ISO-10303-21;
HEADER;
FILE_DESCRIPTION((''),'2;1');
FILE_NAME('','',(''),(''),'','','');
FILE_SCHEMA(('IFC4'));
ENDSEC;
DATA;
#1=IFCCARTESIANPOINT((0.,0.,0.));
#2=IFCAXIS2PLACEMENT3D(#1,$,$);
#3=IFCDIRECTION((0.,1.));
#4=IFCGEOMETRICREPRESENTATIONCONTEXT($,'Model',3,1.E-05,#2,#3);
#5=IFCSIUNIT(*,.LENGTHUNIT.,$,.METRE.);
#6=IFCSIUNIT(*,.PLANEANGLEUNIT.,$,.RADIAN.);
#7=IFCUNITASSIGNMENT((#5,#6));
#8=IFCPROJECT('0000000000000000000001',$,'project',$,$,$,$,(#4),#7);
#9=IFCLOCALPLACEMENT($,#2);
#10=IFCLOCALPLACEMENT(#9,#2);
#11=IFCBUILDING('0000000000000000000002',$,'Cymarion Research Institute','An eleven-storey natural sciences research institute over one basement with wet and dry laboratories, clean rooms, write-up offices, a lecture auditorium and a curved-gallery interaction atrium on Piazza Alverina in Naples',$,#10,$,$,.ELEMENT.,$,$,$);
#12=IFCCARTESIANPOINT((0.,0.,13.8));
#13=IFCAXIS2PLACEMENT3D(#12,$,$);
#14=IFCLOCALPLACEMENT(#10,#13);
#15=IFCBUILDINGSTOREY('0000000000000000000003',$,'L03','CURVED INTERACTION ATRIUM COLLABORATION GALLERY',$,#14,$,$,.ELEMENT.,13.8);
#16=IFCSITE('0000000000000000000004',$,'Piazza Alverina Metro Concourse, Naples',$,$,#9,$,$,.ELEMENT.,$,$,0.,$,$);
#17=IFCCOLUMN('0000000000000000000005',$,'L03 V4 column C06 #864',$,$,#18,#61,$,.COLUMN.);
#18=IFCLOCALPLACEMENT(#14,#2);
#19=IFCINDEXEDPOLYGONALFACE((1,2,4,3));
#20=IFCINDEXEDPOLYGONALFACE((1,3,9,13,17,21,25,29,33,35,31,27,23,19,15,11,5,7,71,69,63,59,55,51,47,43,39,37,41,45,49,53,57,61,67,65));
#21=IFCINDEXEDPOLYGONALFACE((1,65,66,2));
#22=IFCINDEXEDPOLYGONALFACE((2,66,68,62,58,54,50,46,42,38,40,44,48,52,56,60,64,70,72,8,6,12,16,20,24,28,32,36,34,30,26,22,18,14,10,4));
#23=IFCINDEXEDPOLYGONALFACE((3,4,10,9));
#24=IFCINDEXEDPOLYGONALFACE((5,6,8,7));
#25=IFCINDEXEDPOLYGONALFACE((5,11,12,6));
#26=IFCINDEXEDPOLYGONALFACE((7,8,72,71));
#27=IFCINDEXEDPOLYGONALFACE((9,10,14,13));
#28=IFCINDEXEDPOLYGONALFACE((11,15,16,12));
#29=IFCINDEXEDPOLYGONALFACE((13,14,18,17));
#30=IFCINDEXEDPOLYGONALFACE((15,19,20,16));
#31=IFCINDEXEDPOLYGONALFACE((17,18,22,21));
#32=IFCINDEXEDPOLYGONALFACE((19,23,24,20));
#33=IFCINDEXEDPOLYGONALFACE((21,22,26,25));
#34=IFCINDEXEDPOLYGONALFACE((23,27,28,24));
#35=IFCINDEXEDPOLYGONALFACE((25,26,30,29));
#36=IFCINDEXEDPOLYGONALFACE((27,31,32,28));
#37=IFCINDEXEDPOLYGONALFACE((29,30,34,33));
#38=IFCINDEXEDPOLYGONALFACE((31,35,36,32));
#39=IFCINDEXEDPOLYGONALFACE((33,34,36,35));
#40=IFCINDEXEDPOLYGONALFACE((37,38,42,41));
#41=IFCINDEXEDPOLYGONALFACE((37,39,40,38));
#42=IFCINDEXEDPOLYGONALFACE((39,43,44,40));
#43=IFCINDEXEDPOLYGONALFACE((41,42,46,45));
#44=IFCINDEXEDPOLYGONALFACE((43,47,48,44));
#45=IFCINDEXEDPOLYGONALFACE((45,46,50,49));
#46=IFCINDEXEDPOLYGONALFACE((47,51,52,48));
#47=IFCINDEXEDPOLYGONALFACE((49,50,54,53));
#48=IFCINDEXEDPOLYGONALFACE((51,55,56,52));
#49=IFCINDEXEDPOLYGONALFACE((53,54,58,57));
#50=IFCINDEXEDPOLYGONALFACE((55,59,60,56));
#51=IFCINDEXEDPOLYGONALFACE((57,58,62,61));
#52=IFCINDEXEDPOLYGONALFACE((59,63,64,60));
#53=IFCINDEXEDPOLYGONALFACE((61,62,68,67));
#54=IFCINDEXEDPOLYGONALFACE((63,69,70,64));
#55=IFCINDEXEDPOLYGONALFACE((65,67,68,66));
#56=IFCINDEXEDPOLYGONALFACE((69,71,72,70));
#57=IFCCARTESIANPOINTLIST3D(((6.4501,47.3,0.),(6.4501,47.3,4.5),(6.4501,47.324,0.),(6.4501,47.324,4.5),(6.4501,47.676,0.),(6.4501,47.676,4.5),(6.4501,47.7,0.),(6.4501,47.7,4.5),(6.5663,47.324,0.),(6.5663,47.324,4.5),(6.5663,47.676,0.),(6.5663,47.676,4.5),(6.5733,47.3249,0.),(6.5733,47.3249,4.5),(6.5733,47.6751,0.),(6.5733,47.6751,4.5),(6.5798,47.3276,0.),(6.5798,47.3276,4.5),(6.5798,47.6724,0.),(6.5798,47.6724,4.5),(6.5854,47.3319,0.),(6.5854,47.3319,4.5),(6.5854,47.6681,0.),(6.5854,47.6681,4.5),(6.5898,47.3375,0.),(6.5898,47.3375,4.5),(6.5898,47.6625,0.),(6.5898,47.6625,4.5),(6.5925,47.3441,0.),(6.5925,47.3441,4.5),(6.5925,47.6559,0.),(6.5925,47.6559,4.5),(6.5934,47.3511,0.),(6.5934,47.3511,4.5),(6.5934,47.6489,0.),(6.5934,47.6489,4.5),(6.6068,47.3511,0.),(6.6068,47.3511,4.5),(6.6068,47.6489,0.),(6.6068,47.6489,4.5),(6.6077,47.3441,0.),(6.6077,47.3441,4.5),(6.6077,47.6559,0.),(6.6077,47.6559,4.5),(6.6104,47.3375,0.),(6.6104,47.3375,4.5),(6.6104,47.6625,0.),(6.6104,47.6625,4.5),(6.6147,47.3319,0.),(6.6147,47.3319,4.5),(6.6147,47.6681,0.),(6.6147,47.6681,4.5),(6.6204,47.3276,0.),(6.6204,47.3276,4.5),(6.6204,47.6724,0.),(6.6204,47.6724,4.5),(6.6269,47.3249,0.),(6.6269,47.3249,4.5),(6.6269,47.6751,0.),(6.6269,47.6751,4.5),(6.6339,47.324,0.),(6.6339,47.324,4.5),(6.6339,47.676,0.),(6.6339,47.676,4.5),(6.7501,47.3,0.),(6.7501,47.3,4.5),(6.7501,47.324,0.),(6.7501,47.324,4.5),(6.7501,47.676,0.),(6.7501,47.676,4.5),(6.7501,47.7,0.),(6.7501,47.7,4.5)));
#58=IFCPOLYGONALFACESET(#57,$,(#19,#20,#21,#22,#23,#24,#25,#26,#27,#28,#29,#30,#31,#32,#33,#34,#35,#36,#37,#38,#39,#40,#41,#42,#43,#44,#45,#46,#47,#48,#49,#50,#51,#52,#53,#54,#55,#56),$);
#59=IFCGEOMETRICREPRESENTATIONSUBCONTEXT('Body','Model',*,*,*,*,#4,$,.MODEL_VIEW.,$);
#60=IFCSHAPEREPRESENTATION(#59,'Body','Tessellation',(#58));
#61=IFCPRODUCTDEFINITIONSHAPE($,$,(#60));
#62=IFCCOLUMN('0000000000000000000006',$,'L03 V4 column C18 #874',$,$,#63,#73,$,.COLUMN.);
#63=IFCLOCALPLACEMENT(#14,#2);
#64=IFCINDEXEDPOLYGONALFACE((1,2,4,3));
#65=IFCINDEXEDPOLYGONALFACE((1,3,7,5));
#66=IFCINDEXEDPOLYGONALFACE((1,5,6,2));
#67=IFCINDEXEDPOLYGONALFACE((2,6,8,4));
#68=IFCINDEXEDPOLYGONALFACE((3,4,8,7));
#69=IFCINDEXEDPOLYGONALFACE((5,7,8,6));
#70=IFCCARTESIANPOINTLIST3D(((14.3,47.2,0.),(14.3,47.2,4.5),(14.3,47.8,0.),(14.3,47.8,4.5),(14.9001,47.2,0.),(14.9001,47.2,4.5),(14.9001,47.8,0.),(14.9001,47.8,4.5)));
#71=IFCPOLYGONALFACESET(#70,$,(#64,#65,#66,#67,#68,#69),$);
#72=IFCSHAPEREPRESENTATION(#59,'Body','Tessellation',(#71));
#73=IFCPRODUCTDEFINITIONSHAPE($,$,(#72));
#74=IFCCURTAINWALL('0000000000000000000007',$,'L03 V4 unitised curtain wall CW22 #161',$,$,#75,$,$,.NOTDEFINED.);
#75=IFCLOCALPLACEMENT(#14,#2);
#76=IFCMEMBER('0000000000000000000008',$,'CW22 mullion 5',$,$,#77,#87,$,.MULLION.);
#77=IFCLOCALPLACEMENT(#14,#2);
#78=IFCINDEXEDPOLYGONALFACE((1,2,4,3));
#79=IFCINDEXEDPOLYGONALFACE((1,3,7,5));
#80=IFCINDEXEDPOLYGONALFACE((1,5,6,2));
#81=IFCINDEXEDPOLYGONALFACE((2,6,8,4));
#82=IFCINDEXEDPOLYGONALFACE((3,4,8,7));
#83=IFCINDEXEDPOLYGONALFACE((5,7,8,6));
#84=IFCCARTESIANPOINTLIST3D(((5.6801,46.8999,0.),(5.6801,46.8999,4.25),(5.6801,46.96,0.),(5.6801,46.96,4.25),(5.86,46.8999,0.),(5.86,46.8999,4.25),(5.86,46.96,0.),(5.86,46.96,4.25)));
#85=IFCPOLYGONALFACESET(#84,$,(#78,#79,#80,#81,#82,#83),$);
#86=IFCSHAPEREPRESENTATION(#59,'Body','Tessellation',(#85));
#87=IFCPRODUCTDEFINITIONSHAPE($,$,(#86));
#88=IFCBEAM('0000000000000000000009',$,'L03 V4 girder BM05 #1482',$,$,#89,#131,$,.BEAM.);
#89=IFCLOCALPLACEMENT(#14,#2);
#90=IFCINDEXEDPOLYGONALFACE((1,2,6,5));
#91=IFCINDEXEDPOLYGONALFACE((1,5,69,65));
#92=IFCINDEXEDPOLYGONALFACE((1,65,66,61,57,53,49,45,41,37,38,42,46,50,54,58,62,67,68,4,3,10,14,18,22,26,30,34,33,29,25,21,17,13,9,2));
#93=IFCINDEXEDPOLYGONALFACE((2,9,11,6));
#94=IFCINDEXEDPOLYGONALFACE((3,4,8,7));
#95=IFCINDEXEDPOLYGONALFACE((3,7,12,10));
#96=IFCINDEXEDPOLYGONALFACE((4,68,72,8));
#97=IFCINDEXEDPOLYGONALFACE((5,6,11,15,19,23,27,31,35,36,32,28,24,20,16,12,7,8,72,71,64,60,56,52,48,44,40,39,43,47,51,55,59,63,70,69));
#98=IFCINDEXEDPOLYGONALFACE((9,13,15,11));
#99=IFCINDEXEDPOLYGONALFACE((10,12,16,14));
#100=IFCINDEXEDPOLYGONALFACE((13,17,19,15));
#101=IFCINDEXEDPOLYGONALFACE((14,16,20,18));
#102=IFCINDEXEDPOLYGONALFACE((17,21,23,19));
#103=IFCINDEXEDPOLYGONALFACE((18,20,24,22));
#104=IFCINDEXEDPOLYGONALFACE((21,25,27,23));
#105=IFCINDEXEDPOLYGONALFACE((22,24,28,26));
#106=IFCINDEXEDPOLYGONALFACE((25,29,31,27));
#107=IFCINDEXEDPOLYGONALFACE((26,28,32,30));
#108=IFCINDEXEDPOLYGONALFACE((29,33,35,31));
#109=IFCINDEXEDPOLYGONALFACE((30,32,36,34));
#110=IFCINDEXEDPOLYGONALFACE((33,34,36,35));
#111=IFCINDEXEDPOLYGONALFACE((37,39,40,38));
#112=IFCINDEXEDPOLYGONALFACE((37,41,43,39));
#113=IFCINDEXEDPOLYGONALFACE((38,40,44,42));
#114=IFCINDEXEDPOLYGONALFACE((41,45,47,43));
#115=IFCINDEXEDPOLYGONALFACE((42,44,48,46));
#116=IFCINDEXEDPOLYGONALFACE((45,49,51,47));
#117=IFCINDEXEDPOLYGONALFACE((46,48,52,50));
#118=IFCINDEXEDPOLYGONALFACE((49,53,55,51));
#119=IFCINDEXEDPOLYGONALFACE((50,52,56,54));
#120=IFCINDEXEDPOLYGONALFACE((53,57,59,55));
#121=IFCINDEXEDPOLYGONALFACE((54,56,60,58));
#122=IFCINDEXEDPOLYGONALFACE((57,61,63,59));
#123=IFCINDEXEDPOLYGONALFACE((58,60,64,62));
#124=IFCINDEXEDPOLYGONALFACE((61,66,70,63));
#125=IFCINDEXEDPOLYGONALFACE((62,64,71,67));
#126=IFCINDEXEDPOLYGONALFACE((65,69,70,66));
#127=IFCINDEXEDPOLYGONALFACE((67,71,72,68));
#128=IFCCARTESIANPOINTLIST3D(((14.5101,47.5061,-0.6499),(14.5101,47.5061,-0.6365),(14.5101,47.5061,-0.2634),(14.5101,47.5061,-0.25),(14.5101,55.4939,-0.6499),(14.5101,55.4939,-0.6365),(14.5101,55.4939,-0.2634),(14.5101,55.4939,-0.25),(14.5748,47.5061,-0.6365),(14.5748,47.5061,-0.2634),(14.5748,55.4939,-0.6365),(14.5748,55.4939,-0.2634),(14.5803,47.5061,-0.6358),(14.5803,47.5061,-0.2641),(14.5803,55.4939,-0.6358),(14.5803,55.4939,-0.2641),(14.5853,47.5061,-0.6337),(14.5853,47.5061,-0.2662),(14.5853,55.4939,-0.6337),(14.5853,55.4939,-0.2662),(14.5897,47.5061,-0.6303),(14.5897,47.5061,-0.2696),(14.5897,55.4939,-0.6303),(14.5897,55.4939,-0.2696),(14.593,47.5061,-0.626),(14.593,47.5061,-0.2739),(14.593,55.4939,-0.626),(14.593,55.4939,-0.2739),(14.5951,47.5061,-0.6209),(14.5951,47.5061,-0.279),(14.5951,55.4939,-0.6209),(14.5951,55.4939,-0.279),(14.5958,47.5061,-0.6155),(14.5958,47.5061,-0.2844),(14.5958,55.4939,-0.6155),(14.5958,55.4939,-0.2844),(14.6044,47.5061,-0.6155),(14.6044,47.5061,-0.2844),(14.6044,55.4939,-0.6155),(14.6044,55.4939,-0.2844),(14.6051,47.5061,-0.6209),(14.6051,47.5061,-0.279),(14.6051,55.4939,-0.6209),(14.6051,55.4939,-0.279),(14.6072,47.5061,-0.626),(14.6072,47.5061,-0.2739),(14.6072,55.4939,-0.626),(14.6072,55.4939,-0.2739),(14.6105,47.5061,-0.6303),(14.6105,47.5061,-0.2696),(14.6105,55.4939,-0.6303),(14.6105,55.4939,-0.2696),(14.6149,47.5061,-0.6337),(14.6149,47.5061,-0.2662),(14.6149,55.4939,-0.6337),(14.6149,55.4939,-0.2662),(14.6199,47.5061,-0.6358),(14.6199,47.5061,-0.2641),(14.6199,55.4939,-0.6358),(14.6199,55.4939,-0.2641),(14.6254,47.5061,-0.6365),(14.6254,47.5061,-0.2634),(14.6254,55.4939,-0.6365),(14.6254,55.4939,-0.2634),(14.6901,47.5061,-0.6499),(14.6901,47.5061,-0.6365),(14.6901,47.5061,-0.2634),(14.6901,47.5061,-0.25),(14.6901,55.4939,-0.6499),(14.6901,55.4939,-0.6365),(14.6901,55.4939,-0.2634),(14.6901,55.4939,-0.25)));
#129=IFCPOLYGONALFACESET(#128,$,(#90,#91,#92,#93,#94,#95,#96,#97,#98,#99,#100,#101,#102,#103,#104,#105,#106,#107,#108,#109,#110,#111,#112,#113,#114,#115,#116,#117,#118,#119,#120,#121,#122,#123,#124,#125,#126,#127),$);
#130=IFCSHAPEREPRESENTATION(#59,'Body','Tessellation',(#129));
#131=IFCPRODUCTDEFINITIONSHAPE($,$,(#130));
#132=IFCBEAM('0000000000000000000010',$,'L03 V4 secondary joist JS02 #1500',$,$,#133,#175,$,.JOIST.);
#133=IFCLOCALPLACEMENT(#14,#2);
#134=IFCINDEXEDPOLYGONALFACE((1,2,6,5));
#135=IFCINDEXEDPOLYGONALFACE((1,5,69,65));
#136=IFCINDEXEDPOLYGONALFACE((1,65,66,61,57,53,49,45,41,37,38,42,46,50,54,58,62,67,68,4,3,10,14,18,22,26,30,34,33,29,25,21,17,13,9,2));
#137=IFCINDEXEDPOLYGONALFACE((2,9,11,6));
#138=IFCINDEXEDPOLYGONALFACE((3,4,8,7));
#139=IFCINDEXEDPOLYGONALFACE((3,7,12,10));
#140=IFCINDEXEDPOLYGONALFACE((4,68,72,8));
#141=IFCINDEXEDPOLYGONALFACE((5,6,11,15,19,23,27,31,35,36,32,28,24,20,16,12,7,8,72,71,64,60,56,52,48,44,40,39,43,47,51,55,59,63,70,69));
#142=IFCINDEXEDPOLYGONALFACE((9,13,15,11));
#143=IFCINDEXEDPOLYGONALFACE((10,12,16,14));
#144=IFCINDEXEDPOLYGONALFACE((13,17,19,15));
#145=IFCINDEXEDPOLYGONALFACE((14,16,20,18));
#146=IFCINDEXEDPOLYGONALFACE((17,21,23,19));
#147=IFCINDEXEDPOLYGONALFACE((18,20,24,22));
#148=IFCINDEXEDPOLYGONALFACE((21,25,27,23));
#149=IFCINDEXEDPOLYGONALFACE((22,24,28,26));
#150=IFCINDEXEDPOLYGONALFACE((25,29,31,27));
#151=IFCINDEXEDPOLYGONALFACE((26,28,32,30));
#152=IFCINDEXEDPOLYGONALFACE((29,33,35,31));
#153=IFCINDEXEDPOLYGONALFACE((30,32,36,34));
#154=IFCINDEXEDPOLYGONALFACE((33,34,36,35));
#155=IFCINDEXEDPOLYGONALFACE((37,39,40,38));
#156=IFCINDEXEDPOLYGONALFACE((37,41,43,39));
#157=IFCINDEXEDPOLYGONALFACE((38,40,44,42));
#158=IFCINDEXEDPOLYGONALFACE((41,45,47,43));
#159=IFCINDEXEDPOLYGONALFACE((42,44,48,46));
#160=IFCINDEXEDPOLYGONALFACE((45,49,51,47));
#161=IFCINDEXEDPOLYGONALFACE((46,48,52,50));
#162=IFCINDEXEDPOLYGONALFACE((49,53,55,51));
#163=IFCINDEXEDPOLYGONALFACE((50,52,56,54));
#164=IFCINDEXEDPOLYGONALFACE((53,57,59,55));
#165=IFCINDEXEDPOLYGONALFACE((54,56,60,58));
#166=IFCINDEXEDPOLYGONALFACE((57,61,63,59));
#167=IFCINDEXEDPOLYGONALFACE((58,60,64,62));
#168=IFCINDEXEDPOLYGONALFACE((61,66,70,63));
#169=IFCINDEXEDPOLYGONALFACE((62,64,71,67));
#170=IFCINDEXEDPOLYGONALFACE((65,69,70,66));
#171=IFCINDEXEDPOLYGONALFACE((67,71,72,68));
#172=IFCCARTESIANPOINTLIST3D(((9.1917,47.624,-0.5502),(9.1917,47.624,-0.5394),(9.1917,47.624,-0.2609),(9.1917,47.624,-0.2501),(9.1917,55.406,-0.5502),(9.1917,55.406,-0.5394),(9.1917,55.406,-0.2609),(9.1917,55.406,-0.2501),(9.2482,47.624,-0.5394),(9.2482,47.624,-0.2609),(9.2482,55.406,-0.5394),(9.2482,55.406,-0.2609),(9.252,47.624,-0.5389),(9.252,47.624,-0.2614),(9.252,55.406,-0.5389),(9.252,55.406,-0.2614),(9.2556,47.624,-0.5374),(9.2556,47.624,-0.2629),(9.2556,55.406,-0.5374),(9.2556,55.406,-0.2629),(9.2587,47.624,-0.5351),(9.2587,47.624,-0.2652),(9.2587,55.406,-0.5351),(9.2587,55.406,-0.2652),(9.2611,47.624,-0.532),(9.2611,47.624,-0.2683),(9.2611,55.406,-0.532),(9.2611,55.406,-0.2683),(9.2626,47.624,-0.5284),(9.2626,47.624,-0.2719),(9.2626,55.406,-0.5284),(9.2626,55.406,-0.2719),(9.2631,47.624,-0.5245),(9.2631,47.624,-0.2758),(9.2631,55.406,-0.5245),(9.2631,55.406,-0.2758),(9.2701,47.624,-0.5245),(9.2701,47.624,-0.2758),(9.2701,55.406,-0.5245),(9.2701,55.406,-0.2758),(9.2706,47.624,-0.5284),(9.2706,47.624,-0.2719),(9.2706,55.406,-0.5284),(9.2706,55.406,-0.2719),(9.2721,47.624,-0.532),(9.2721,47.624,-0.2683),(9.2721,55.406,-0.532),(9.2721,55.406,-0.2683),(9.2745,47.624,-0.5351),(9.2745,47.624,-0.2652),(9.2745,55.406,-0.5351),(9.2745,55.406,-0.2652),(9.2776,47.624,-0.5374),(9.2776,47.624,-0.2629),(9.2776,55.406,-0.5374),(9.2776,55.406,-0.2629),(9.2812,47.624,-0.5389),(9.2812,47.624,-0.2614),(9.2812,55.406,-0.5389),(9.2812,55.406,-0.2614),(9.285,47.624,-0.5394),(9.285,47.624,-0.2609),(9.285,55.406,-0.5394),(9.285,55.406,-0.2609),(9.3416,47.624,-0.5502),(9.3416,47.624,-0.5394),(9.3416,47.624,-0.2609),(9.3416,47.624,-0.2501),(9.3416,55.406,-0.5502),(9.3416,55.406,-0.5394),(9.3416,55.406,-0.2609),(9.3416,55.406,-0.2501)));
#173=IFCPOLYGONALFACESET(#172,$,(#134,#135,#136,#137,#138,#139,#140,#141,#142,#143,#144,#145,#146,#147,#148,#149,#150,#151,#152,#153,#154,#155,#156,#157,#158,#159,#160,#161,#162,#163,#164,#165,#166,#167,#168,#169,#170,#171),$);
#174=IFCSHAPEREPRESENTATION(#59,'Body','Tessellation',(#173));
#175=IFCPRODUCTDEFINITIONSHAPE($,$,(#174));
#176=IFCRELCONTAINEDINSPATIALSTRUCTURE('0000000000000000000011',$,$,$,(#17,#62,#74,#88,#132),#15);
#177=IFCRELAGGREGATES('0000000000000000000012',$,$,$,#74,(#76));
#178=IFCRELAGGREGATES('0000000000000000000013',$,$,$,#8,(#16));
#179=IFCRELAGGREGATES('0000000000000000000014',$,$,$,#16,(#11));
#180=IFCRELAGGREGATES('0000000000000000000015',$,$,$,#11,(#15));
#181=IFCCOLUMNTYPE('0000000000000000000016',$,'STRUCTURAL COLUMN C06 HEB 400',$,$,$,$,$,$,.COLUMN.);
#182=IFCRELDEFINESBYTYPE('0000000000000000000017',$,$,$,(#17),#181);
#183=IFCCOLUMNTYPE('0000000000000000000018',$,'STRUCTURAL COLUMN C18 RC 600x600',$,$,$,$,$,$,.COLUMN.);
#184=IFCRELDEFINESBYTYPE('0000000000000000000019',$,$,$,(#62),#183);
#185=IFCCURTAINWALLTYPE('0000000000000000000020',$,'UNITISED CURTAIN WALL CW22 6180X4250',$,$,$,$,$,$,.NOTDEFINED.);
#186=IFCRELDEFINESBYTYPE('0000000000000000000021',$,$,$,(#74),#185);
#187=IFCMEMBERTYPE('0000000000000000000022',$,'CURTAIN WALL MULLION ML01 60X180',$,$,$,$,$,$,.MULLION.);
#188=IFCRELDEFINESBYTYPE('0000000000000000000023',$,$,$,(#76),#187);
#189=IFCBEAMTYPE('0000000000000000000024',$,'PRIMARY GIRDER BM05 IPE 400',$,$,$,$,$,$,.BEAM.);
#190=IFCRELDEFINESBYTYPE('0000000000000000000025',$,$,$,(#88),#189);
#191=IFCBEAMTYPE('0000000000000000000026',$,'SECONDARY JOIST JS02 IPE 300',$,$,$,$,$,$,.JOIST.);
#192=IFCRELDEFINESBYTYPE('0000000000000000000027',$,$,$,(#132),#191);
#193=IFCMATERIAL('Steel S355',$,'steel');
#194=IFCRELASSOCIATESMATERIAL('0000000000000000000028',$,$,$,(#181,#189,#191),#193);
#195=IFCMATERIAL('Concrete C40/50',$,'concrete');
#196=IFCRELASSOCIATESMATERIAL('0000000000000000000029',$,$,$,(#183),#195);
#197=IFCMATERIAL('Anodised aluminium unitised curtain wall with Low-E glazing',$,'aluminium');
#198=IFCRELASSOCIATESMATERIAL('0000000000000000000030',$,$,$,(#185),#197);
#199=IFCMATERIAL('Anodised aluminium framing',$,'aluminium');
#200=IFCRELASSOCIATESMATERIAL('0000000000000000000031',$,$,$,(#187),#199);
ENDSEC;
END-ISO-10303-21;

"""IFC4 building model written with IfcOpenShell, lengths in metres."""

from ifc_helpers import new_model, si_unit, direction, frame, origin, origin_2d, place, context, subcontext, project, spatial, rectangle, i_section, extrude, material, material_profile, profile_set, type_object, element, aggregate, save


model = new_model("IFC4")

# Units and contexts
model_context = context("Model", 3, precision=1e-05, world=origin(), true_north=direction((0.0, 1.0)))
body_context = subcontext(model_context, "Body", "Model", "MODEL_VIEW")
ifc_project = project(units=[si_unit("LENGTHUNIT", "METRE"), si_unit("PLANEANGLEUNIT", "RADIAN")], contexts=[model_context])

# Site, building, storey
site_placement = place(None, origin())
site = spatial("IfcSite", under=ifc_project, at=site_placement, Name="Piazza Alverina Metro Concourse, Naples", CompositionType="ELEMENT", RefElevation=0.0)
building_placement = place(site_placement, origin())
building = spatial("IfcBuilding", under=site, at=building_placement, Name="Cymarion Research Institute", Description="An eleven-storey natural sciences research institute over one basement with wet and dry laboratories, clean rooms, write-up offices, a lecture auditorium and a curved-gallery interaction atrium on Piazza Alverina in Naples", CompositionType="ELEMENT")
storey_placement = place(building_placement, frame((0.0, 0.0, 13.8)))
storey = spatial("IfcBuildingStorey", under=building, at=storey_placement, Name="L03", Description="CURVED INTERACTION ATRIUM COLLABORATION GALLERY", CompositionType="ELEMENT", Elevation=13.8)

# Columns
ifc_material_1 = material(Name="Steel S355", Category="steel")
ifc_material_profile_1 = material_profile(ifc_material_1, i_section(OverallWidth=0.3, OverallDepth=0.3999, WebThickness=0.0134, FlangeThickness=0.0239, FilletRadius=0.0271, at=origin_2d()), Name="HEB 400")
ifc_profile_set_1 = profile_set([ifc_material_profile_1], Name="Steel S355")
column_type_1 = type_object("IfcColumnType", Name="STRUCTURAL COLUMN C06 HEB 400", PredefinedType="COLUMN", material=ifc_profile_set_1)
column_1_placement = place(storey_placement, frame((6.6001, 47.5, 0.0), z_axis=(0.0, 0.0, 1.0), x_axis=(1.0, 0.0, 0.0)))
element("IfcColumn", 1, at=column_1_placement, inside=storey, type_object=column_type_1, Name="L03 V4 column C06 #864", PredefinedType="COLUMN", context=body_context, shape_type="SweptSolid", body=[
    extrude(i_section(OverallWidth=0.3, OverallDepth=0.3999, WebThickness=0.0134, FlangeThickness=0.0239, FilletRadius=0.0271, at=origin_2d()), origin(), (0.0, 0.0, 1.0), 4.5),
])
ifc_material_2 = material(Name="Concrete C40/50", Category="concrete")
ifc_material_profile_2 = material_profile(ifc_material_2, rectangle(XDim=0.6001, YDim=0.6001, at=origin_2d()), Name="RC 600x600")
ifc_profile_set_2 = profile_set([ifc_material_profile_2], Name="Concrete C40/50")
column_type_2 = type_object("IfcColumnType", Name="STRUCTURAL COLUMN C18 RC 600x600", PredefinedType="COLUMN", material=ifc_profile_set_2)
column_2_placement = place(storey_placement, frame((14.6001, 47.5, 0.0), z_axis=(0.0, 0.0, 1.0), x_axis=(1.0, 0.0, 0.0)))
element("IfcColumn", 2, at=column_2_placement, inside=storey, type_object=column_type_2, Name="L03 V4 column C18 #874", PredefinedType="COLUMN", context=body_context, shape_type="SweptSolid", body=[
    extrude(rectangle(XDim=0.6001, YDim=0.6001, at=origin_2d()), origin(), (0.0, 0.0, 1.0), 4.5),
])

# Curtain wall, member
ifc_material_3 = material(Name="Anodised aluminium unitised curtain wall with Low-E glazing", Category="aluminium")
curtain_wall_type = type_object("IfcCurtainWallType", Name="UNITISED CURTAIN WALL CW22 6180X4250", PredefinedType="NOTDEFINED", material=ifc_material_3)
curtain_wall_placement = place(storey_placement, origin())
curtain_wall = element("IfcCurtainWall", 3, at=curtain_wall_placement, inside=storey, type_object=curtain_wall_type, Name="L03 V4 unitised curtain wall CW22 #161", PredefinedType="NOTDEFINED")
ifc_material_4 = material(Name="Anodised aluminium framing", Category="aluminium")
ifc_material_profile_3 = material_profile(ifc_material_4, rectangle(XDim=0.0601, YDim=0.1799, at=origin_2d()), Name="ALU MULLION 60x180")
ifc_profile_set_3 = profile_set([ifc_material_profile_3], Name="Anodised aluminium framing")
member_type_1 = type_object("IfcMemberType", Name="CURTAIN WALL MULLION ML01 60X180", PredefinedType="MULLION", material=ifc_profile_set_3)
member_1_placement = place(storey_placement, frame((5.77, 46.9299, 0.0), z_axis=(0.0, 0.0, 1.0), x_axis=(0.0, -1.0, 0.0)))
member_1 = element("IfcMember", 4, at=member_1_placement, type_object=member_type_1, Name="CW22 mullion 5", PredefinedType="MULLION", context=body_context, shape_type="SweptSolid", body=[
    extrude(rectangle(XDim=0.0601, YDim=0.1799, at=origin_2d()), origin(), (0.0, 0.0, 1.0), 4.25),
])
aggregate(curtain_wall, [member_1])

# Beams
ifc_material_profile_4 = material_profile(ifc_material_1, i_section(OverallWidth=0.1799, OverallDepth=0.3999, WebThickness=0.0085, FlangeThickness=0.0134, FilletRadius=0.021, at=origin_2d()), Name="IPE 400")
ifc_profile_set_4 = profile_set([ifc_material_profile_4], Name="Steel S355")
beam_type_1 = type_object("IfcBeamType", Name="PRIMARY GIRDER BM05 IPE 400", PredefinedType="BEAM", material=ifc_profile_set_4)
beam_1_placement = place(storey_placement, frame((14.6001, 47.5061, -0.45), z_axis=(0.0, 1.0, 0.0), x_axis=(-1.0, 0.0, 0.0)))
element("IfcBeam", 5, at=beam_1_placement, inside=storey, type_object=beam_type_1, Name="L03 V4 girder BM05 #1482", PredefinedType="BEAM", context=body_context, shape_type="SweptSolid", body=[
    extrude(i_section(OverallWidth=0.1799, OverallDepth=0.3999, WebThickness=0.0085, FlangeThickness=0.0134, FilletRadius=0.021, at=origin_2d()), origin(), (0.0, 0.0, 1.0), 7.9878),
])
ifc_material_profile_5 = material_profile(ifc_material_1, i_section(OverallWidth=0.1499, OverallDepth=0.3, WebThickness=0.0071, FlangeThickness=0.0107, FilletRadius=0.0149, at=origin_2d()), Name="IPE 300")
ifc_profile_set_5 = profile_set([ifc_material_profile_5], Name="Steel S355")
beam_type_2 = type_object("IfcBeamType", Name="SECONDARY JOIST JS02 IPE 300", PredefinedType="JOIST", material=ifc_profile_set_5)
for number, where, z_axis, x_axis, name in (
    (6, (9.2666, 47.624, -0.4001), (0.0, 1.0, 0.0), (-1.0, 0.0, 0.0), "L03 V4 secondary joist JS02 #1500"),
):
    element("IfcBeam", number, at=place(storey_placement, frame(where, z_axis=z_axis, x_axis=x_axis)), inside=storey, type_object=beam_type_2, Name=name, PredefinedType="JOIST", context=body_context, shape_type="SweptSolid", body=[
        extrude(i_section(OverallWidth=0.1499, OverallDepth=0.3, WebThickness=0.0071, FlangeThickness=0.0107, FilletRadius=0.0149, at=origin_2d()), origin(), (0.0, 0.0, 1.0), 7.782),
    ])

save(model, "model.ifc")
